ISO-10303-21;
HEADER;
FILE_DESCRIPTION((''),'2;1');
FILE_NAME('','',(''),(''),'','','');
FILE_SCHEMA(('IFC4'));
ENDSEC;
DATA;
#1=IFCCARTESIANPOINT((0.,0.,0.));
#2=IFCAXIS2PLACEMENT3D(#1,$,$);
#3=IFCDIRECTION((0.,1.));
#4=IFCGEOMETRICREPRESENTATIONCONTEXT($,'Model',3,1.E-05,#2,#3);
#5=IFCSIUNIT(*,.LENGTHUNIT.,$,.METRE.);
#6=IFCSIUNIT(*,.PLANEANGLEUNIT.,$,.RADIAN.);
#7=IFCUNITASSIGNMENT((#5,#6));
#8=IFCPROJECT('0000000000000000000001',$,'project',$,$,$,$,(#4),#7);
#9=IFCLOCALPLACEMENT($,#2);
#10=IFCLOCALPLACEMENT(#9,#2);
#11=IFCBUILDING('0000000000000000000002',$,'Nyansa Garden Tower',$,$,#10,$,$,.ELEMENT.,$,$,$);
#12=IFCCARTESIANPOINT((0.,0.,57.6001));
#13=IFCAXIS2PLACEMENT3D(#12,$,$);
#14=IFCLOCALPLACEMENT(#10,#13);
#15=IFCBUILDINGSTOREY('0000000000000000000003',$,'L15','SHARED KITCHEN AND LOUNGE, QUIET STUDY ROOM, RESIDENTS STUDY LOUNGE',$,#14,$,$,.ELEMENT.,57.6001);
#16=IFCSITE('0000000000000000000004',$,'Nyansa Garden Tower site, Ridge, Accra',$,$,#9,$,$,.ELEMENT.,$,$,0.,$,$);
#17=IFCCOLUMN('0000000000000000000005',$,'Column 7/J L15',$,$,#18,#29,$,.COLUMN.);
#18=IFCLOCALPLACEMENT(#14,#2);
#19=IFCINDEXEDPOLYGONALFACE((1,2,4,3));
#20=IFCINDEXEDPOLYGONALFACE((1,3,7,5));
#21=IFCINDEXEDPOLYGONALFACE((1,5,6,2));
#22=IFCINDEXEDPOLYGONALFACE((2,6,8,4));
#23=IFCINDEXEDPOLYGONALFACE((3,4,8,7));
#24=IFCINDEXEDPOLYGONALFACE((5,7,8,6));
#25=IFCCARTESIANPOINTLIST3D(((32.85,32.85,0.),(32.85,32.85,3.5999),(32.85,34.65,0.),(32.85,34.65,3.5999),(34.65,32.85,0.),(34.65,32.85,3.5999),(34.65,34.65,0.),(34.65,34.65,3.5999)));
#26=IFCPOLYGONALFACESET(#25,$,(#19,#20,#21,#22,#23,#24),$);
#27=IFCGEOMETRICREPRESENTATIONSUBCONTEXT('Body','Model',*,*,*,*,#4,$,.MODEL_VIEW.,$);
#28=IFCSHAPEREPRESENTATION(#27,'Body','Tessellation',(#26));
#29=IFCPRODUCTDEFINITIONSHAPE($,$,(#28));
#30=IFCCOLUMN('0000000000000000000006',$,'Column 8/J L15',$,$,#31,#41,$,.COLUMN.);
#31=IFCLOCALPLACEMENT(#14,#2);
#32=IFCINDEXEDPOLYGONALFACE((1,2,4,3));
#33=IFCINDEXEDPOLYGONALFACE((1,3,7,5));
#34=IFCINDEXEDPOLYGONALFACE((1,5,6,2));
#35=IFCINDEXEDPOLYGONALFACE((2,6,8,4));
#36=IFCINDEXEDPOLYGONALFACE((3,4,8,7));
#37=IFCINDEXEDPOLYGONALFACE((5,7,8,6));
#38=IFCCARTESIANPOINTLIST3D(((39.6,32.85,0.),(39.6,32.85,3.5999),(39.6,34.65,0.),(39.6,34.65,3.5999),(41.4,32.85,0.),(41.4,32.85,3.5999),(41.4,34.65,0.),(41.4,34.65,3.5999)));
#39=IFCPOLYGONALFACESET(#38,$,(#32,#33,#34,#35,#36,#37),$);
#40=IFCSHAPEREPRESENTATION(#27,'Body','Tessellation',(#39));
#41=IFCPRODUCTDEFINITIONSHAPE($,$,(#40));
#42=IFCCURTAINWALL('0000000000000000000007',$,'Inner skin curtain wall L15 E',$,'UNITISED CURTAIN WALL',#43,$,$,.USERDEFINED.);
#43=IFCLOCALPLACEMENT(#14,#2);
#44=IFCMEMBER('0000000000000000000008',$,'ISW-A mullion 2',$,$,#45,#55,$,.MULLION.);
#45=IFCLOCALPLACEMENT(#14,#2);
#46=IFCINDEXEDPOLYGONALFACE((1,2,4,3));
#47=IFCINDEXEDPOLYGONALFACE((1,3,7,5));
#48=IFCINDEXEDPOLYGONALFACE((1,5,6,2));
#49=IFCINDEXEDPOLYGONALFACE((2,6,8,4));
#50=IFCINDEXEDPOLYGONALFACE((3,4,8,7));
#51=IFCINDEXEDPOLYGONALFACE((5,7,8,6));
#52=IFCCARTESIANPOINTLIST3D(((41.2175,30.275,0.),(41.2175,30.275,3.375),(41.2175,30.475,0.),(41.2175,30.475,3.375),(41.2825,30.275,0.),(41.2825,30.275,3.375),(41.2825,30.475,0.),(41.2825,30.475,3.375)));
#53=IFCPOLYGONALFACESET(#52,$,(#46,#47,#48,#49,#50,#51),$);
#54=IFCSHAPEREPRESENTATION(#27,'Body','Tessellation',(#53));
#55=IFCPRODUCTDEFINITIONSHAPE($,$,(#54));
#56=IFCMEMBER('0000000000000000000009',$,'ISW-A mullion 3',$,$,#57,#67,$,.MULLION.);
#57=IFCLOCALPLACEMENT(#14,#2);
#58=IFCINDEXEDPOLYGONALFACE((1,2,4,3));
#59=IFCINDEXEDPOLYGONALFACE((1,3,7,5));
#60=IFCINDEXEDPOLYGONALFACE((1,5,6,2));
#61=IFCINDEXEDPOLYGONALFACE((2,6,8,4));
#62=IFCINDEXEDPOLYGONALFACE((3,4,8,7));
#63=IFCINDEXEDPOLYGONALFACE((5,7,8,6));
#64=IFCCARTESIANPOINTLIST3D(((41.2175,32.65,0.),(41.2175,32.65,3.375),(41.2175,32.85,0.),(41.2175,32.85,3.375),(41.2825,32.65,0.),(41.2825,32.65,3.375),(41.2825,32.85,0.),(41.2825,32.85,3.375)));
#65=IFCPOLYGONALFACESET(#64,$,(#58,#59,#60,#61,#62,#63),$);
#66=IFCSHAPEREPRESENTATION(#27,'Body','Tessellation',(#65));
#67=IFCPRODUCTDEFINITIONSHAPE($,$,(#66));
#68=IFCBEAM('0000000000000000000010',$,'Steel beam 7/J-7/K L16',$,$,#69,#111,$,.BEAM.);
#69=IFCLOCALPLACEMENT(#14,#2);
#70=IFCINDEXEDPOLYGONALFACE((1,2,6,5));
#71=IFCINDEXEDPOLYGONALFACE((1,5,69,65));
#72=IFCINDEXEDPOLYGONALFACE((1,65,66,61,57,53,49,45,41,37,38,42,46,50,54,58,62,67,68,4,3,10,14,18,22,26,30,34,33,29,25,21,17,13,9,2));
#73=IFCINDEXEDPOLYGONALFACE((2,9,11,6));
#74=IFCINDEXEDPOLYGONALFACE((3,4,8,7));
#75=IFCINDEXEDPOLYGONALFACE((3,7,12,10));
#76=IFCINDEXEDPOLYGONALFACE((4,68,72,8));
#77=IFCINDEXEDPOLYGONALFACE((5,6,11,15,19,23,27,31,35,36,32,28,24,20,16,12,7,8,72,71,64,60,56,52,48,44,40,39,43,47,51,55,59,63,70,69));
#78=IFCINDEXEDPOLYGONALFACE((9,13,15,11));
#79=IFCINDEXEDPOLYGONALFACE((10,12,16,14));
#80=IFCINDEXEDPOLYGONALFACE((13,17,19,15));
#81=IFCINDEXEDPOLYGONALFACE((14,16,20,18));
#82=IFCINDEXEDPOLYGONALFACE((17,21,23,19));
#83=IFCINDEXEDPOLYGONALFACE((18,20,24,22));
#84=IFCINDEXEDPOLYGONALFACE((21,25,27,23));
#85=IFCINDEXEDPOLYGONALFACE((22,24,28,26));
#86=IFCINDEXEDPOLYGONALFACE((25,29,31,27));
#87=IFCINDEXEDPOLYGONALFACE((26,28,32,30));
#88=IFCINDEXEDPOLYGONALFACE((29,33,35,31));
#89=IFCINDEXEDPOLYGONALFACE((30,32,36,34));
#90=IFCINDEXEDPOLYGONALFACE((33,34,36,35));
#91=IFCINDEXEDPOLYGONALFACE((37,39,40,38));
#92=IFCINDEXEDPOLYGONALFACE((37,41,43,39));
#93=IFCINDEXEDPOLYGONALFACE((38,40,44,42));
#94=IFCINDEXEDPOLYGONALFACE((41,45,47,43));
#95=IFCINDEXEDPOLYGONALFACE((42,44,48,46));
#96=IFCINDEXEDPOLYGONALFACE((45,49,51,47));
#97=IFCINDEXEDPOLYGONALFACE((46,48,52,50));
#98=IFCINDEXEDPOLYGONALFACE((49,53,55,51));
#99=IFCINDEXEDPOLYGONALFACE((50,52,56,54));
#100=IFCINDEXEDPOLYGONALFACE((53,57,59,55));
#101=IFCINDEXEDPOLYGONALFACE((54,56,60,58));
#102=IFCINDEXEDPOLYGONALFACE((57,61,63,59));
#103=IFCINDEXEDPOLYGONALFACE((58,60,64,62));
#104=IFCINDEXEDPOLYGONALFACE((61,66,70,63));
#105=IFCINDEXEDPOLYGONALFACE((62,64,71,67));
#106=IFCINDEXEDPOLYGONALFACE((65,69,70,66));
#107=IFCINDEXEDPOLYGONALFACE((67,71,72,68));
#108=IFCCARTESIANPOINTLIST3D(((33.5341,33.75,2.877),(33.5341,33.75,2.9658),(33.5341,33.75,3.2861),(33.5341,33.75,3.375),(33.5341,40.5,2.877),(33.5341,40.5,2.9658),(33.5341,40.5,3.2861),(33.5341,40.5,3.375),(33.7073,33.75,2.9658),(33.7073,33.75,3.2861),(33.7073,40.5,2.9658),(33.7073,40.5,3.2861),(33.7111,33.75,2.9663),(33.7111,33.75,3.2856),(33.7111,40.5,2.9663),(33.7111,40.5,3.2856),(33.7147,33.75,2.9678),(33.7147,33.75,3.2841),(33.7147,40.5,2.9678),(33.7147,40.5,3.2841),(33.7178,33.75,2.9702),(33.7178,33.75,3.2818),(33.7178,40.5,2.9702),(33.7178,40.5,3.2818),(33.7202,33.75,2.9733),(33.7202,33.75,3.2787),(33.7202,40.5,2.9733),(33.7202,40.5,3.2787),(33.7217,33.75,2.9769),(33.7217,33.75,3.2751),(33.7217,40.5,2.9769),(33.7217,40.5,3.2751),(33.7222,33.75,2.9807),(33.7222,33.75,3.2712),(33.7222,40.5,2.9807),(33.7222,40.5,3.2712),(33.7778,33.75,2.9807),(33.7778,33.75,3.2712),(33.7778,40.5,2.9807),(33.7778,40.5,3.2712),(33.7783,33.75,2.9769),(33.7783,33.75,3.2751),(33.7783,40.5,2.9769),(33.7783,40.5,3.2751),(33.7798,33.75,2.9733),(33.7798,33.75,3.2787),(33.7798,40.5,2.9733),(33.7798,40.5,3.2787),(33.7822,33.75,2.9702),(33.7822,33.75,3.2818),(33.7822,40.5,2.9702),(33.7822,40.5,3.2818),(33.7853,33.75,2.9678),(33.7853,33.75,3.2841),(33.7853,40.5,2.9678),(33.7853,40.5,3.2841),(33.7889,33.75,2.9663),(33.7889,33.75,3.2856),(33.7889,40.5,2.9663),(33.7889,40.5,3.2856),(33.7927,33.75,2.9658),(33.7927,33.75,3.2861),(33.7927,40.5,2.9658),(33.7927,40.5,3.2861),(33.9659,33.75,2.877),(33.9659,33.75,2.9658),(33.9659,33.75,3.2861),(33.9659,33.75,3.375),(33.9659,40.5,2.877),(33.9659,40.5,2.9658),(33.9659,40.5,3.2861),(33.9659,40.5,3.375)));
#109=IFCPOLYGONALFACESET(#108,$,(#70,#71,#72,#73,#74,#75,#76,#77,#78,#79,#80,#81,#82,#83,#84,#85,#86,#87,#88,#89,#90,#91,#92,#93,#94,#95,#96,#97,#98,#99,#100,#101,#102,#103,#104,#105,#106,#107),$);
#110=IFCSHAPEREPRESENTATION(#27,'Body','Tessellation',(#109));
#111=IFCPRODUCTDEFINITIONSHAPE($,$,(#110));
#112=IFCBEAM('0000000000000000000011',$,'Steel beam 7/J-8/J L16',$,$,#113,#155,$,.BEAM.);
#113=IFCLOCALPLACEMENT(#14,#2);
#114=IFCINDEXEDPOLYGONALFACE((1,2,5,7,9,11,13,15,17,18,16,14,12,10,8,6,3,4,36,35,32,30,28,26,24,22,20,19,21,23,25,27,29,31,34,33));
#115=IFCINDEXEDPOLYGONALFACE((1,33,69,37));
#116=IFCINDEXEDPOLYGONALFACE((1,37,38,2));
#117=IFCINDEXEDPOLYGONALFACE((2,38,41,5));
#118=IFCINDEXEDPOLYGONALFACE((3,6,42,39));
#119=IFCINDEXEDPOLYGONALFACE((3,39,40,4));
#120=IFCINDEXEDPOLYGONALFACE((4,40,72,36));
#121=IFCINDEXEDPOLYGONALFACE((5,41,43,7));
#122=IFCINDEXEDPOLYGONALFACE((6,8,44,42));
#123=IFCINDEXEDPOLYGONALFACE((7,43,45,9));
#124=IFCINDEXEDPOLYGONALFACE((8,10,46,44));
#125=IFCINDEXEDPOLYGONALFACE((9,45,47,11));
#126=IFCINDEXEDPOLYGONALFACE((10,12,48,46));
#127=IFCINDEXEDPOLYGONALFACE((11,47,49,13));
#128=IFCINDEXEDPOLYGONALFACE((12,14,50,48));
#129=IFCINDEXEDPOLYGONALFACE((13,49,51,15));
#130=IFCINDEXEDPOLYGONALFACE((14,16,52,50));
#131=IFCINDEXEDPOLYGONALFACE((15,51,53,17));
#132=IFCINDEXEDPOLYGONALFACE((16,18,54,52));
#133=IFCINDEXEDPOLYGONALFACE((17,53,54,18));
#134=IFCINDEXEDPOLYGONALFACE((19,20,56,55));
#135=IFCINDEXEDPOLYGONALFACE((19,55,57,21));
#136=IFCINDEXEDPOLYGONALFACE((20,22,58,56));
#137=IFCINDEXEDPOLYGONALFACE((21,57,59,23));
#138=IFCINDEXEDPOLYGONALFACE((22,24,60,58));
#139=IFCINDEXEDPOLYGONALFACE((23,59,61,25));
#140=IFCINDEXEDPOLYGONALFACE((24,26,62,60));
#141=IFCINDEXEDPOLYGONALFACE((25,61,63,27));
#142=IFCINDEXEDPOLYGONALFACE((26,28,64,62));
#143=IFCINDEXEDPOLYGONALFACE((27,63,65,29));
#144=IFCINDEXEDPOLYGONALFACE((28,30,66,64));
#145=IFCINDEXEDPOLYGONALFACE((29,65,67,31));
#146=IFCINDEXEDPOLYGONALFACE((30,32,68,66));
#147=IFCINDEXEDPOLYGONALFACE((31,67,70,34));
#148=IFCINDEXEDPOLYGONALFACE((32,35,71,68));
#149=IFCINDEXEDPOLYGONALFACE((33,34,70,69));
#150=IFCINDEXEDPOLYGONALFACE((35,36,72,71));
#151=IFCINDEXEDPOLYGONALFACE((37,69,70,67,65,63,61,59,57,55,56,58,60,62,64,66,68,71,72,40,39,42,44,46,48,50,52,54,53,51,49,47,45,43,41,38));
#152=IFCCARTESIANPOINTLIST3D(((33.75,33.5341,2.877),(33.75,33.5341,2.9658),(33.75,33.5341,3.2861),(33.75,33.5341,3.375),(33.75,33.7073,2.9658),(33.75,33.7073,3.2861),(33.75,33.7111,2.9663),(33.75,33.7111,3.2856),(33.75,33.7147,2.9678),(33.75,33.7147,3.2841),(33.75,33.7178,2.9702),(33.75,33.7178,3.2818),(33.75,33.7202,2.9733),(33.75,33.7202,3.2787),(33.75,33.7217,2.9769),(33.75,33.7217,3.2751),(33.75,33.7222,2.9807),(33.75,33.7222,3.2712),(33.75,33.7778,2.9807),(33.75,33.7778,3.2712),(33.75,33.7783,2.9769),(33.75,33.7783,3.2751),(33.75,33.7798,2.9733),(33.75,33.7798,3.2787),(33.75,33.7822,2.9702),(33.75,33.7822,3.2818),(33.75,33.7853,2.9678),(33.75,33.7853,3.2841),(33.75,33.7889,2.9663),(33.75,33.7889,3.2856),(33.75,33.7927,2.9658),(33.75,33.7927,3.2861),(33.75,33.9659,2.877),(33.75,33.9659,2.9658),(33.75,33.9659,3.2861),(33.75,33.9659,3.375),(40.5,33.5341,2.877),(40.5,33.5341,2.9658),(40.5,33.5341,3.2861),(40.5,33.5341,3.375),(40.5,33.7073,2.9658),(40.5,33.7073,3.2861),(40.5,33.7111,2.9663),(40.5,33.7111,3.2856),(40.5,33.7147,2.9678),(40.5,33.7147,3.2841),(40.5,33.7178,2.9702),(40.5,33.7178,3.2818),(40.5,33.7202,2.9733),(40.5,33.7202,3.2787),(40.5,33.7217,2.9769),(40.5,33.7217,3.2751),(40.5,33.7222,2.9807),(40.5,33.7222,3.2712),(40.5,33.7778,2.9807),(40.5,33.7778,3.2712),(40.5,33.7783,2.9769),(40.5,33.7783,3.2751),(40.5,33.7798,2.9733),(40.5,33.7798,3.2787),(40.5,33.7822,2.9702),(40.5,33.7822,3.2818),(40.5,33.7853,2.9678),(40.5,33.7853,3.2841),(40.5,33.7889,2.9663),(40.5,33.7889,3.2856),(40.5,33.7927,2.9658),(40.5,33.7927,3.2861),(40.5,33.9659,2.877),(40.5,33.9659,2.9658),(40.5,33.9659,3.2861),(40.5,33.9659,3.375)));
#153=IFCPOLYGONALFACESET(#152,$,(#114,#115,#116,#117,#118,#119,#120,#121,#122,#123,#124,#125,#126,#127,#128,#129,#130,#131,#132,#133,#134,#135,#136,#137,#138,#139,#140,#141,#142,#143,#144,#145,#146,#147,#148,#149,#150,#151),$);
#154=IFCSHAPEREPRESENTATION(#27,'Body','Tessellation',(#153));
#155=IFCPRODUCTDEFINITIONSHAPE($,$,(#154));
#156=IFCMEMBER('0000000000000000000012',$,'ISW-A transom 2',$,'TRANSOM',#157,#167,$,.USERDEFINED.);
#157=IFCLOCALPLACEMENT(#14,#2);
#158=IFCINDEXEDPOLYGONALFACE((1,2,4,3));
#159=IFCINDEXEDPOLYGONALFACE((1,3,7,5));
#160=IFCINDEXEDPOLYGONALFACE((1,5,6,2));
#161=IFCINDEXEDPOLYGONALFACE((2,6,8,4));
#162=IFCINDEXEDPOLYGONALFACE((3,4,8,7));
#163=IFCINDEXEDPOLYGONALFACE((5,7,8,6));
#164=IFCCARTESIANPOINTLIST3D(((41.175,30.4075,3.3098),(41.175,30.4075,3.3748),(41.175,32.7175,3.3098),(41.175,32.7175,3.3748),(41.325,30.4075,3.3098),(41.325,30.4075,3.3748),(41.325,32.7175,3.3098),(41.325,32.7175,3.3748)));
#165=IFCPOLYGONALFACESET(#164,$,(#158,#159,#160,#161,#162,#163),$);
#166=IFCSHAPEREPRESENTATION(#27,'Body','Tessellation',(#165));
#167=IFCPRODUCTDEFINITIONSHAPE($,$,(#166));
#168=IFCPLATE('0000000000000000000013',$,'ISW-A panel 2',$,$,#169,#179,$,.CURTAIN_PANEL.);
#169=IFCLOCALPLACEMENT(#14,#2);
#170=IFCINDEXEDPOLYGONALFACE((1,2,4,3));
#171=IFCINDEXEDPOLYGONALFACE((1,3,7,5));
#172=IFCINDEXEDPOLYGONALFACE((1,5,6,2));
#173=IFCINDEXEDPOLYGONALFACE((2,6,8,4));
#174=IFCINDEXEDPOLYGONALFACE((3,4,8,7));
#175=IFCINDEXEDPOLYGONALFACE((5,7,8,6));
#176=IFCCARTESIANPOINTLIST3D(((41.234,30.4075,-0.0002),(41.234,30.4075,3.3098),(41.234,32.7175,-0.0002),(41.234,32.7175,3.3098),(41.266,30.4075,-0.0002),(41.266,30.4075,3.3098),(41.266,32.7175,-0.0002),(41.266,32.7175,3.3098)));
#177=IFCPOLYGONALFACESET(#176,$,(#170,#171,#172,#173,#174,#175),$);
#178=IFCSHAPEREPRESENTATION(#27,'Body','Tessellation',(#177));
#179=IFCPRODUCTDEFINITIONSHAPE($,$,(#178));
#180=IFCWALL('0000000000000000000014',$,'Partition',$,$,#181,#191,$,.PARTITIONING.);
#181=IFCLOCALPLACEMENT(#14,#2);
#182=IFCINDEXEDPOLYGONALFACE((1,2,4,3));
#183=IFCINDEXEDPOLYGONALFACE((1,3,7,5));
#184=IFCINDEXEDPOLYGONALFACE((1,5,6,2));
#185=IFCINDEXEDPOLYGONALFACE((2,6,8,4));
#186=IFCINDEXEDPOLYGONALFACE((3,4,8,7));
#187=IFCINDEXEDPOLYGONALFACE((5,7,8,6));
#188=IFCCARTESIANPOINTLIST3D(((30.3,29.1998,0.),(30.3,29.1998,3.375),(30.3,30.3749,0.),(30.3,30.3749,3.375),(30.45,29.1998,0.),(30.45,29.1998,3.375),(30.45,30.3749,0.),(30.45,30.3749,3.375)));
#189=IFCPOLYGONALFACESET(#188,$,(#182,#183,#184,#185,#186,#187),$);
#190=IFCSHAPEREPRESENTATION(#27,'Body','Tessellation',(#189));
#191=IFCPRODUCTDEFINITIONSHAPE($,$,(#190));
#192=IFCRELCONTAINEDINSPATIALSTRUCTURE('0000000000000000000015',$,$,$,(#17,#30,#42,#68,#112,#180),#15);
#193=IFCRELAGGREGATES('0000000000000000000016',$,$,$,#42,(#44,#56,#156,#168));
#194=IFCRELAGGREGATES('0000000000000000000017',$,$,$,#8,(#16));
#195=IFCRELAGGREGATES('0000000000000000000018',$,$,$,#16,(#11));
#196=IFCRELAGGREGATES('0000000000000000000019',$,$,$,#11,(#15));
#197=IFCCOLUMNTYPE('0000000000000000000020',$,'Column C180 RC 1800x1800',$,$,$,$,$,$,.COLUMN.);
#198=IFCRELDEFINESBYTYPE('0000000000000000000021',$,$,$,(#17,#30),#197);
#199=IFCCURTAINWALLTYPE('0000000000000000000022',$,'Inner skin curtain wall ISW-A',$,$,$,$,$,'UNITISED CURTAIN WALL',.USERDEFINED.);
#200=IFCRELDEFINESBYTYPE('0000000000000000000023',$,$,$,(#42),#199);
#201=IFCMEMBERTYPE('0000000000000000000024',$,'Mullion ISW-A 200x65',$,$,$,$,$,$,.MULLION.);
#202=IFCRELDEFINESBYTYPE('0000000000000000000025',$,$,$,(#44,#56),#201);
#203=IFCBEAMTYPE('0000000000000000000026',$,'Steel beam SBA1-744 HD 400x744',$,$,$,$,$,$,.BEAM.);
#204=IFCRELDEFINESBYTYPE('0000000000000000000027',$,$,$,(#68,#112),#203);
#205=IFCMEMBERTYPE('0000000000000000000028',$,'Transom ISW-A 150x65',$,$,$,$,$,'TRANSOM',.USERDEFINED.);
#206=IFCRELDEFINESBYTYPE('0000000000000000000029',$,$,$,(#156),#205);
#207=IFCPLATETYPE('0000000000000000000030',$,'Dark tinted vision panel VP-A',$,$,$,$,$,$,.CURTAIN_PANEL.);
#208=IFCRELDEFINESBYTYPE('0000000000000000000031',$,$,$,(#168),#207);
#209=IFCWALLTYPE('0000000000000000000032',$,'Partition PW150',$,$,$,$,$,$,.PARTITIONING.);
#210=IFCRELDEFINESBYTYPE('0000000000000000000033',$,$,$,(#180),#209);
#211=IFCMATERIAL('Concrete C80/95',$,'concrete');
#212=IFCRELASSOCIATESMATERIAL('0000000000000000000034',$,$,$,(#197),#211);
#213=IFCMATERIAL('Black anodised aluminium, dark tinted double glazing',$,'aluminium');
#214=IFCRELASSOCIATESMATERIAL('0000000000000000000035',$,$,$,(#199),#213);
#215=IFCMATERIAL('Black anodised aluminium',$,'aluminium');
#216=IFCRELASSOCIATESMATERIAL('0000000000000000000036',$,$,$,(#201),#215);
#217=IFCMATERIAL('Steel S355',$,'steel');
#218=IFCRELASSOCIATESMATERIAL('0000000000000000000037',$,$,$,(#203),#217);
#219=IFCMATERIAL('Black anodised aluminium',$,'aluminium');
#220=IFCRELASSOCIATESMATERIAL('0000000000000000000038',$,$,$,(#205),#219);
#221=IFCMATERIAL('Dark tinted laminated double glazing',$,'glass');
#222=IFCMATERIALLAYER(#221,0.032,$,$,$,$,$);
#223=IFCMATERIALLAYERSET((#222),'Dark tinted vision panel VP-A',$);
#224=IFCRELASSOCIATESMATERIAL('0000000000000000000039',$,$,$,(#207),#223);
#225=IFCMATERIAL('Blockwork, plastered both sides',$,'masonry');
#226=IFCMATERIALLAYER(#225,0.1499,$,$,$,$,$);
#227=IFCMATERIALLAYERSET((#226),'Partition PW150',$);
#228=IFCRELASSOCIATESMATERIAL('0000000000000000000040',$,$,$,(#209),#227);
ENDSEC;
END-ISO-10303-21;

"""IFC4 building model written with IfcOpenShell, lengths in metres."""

from ifc_helpers import new_model, si_unit, direction, frame, frame_2d, origin, origin_2d, place, context, subcontext, project, spatial, rectangle, i_section, extrude, material, layer, layer_set, material_profile, profile_set, type_object, element, aggregate, save


model = new_model("IFC4")

# Units and contexts
model_context = context("Model", 3, precision=1e-05, world=origin(), true_north=direction((0.0, 1.0)))
body_context = subcontext(model_context, "Body", "Model", "MODEL_VIEW")
ifc_project = project(units=[si_unit("LENGTHUNIT", "METRE"), si_unit("PLANEANGLEUNIT", "RADIAN")], contexts=[model_context])

# Site, building, storey
site_placement = place(None, origin())
site = spatial("IfcSite", under=ifc_project, at=site_placement, Name="Nyansa Garden Tower site, Ridge, Accra", CompositionType="ELEMENT", RefElevation=0.0)
building_placement = place(site_placement, origin())
building = spatial("IfcBuilding", under=site, at=building_placement, Name="Nyansa Garden Tower", CompositionType="ELEMENT")
storey_placement = place(building_placement, frame((0.0, 0.0, 57.6001)))
storey = spatial("IfcBuildingStorey", under=building, at=storey_placement, Name="L15", Description="SHARED KITCHEN AND LOUNGE, QUIET STUDY ROOM, RESIDENTS STUDY LOUNGE", CompositionType="ELEMENT", Elevation=57.6001)

# Columns
ifc_material_1 = material(Name="Concrete C80/95", Category="concrete")
ifc_material_profile_1 = material_profile(ifc_material_1, rectangle(XDim=1.8, YDim=1.8, at=origin_2d()), Name="RC 1800x1800")
ifc_profile_set_1 = profile_set([ifc_material_profile_1], Name="Concrete C80/95")
column_type = type_object("IfcColumnType", Name="Column C180 RC 1800x1800", PredefinedType="COLUMN", material=ifc_profile_set_1)
for number, where, z_axis, x_axis, name in (
    (1, (33.75, 33.75, 0.0), (0.0, 0.0, 1.0), (1.0, 0.0, 0.0), "Column 7/J L15"),
    (2, (40.5, 33.75, 0.0), (0.0, 0.0, 1.0), (1.0, 0.0, 0.0), "Column 8/J L15"),
):
    element("IfcColumn", number, at=place(storey_placement, frame(where, z_axis=z_axis, x_axis=x_axis)), inside=storey, type_object=column_type, Name=name, PredefinedType="COLUMN", context=body_context, shape_type="SweptSolid", body=[
        extrude(rectangle(XDim=1.8, YDim=1.8, at=origin_2d()), origin(), (0.0, 0.0, 1.0), 3.5999),
    ])

# Curtain wall, members
ifc_material_2 = material(Name="Black anodised aluminium, dark tinted double glazing", Category="aluminium")
curtain_wall_type = type_object("IfcCurtainWallType", Name="Inner skin curtain wall ISW-A", ElementType="UNITISED CURTAIN WALL", PredefinedType="USERDEFINED", material=ifc_material_2)
curtain_wall_placement = place(storey_placement, origin())
curtain_wall = element("IfcCurtainWall", 3, at=curtain_wall_placement, inside=storey, type_object=curtain_wall_type, Name="Inner skin curtain wall L15 E", ObjectType="UNITISED CURTAIN WALL", PredefinedType="USERDEFINED")
ifc_material_3 = material(Name="Black anodised aluminium", Category="aluminium")
ifc_material_profile_2 = material_profile(ifc_material_3, rectangle(XDim=0.0649, YDim=0.2, at=origin_2d()), Name="Mullion 200x65")
ifc_profile_set_2 = profile_set([ifc_material_profile_2], Name="Black anodised aluminium")
member_type_1 = type_object("IfcMemberType", Name="Mullion ISW-A 200x65", PredefinedType="MULLION", material=ifc_profile_set_2)
member_1_placement = place(storey_placement, frame((41.25, 30.375, 0.0), z_axis=(0.0, 0.0, 1.0), x_axis=(-1.0, 0.0, 0.0)))
member_1 = element("IfcMember", 4, at=member_1_placement, type_object=member_type_1, Name="ISW-A mullion 2", PredefinedType="MULLION", context=body_context, shape_type="SweptSolid", body=[
    extrude(rectangle(XDim=0.0649, YDim=0.2, at=origin_2d()), origin(), (0.0, 0.0, 1.0), 3.375),
])
member_2_placement = place(storey_placement, frame((41.25, 32.75, 0.0), z_axis=(0.0, 0.0, 1.0), x_axis=(-1.0, 0.0, 0.0)))
member_2 = element("IfcMember", 5, at=member_2_placement, type_object=member_type_1, Name="ISW-A mullion 3", PredefinedType="MULLION", context=body_context, shape_type="SweptSolid", body=[
    extrude(rectangle(XDim=0.0649, YDim=0.2, at=origin_2d()), origin(), (0.0, 0.0, 1.0), 3.375),
])

# Beams
ifc_material_4 = material(Name="Steel S355", Category="steel")
ifc_material_profile_3 = material_profile(ifc_material_4, i_section(OverallWidth=0.4319, OverallDepth=0.498, WebThickness=0.0557, FlangeThickness=0.0889, FilletRadius=0.0149, at=origin_2d()), Name="HD 400x744")
ifc_profile_set_3 = profile_set([ifc_material_profile_3], Name="Steel S355")
beam_type = type_object("IfcBeamType", Name="Steel beam SBA1-744 HD 400x744", PredefinedType="BEAM", material=ifc_profile_set_3)
for number, where, z_axis, x_axis, name in (
    (6, (33.75, 33.75, 3.126), (0.0, 1.0, 0.0), (-1.0, 0.0, 0.0), "Steel beam 7/J-7/K L16"),
    (7, (33.75, 33.75, 3.126), (1.0, 0.0, 0.0), (0.0, 1.0, 0.0), "Steel beam 7/J-8/J L16"),
):
    element("IfcBeam", number, at=place(storey_placement, frame(where, z_axis=z_axis, x_axis=x_axis)), inside=storey, type_object=beam_type, Name=name, PredefinedType="BEAM", context=body_context, shape_type="SweptSolid", body=[
        extrude(i_section(OverallWidth=0.4319, OverallDepth=0.498, WebThickness=0.0557, FlangeThickness=0.0889, FilletRadius=0.0149, at=origin_2d()), origin(), (0.0, 0.0, 1.0), 6.75),
    ])

# Member
ifc_material_5 = material(Name="Black anodised aluminium", Category="aluminium")
ifc_material_profile_4 = material_profile(ifc_material_5, rectangle(XDim=0.1499, YDim=0.0649, at=origin_2d()), Name="Transom 150x65")
ifc_profile_set_4 = profile_set([ifc_material_profile_4], Name="Black anodised aluminium")
member_type_2 = type_object("IfcMemberType", Name="Transom ISW-A 150x65", ElementType="TRANSOM", PredefinedType="USERDEFINED", material=ifc_profile_set_4)
member_3_placement = place(storey_placement, frame((41.25, 30.4075, 3.3423), z_axis=(0.0, 1.0, 0.0), x_axis=(-1.0, 0.0, 0.0)))
member_3 = element("IfcMember", 8, at=member_3_placement, type_object=member_type_2, Name="ISW-A transom 2", ObjectType="TRANSOM", PredefinedType="USERDEFINED", context=body_context, shape_type="SweptSolid", body=[
    extrude(rectangle(XDim=0.1499, YDim=0.0649, at=origin_2d()), origin(), (0.0, 0.0, 1.0), 2.3101),
])

# Plate
ifc_material_6 = material(Name="Dark tinted laminated double glazing", Category="glass")
ifc_layer_1 = layer(ifc_material_6, 0.032)
ifc_layer_set_1 = layer_set([ifc_layer_1], Name="Dark tinted vision panel VP-A")
plate_type = type_object("IfcPlateType", Name="Dark tinted vision panel VP-A", PredefinedType="CURTAIN_PANEL", material=ifc_layer_set_1)
plate_placement = place(storey_placement, frame((41.25, 31.5625, -0.0002), z_axis=(0.0, 0.0, 1.0), x_axis=(0.0, 1.0, 0.0)))
plate = element("IfcPlate", 9, at=plate_placement, type_object=plate_type, Name="ISW-A panel 2", PredefinedType="CURTAIN_PANEL", context=body_context, shape_type="SweptSolid", body=[
    extrude(rectangle(XDim=2.3101, YDim=0.032, at=origin_2d()), origin(), (0.0, 0.0, 1.0), 3.3101),
])
aggregate(curtain_wall, [member_1, member_2, member_3, plate])

# Wall
ifc_material_7 = material(Name="Blockwork, plastered both sides", Category="masonry")
ifc_layer_2 = layer(ifc_material_7, 0.1499)
ifc_layer_set_2 = layer_set([ifc_layer_2], Name="Partition PW150")
wall_type_1 = type_object("IfcWallType", Name="Partition PW150", PredefinedType="PARTITIONING", material=ifc_layer_set_2)
wall_1_placement = place(storey_placement, frame((30.375, 29.2, 0.0), z_axis=(0.0, 0.0, 1.0), x_axis=(0.0, 1.0, 0.0)))
element("IfcWall", 10, at=wall_1_placement, inside=storey, type_object=wall_type_1, Name="Partition", PredefinedType="PARTITIONING", context=body_context, shape_type="SweptSolid", body=[
    extrude(rectangle(XDim=1.175, YDim=0.1499, at=frame_2d((0.5874, 0.0))), origin(), (0.0, 0.0, 1.0), 3.375),
])

save(model, "model.ifc")
